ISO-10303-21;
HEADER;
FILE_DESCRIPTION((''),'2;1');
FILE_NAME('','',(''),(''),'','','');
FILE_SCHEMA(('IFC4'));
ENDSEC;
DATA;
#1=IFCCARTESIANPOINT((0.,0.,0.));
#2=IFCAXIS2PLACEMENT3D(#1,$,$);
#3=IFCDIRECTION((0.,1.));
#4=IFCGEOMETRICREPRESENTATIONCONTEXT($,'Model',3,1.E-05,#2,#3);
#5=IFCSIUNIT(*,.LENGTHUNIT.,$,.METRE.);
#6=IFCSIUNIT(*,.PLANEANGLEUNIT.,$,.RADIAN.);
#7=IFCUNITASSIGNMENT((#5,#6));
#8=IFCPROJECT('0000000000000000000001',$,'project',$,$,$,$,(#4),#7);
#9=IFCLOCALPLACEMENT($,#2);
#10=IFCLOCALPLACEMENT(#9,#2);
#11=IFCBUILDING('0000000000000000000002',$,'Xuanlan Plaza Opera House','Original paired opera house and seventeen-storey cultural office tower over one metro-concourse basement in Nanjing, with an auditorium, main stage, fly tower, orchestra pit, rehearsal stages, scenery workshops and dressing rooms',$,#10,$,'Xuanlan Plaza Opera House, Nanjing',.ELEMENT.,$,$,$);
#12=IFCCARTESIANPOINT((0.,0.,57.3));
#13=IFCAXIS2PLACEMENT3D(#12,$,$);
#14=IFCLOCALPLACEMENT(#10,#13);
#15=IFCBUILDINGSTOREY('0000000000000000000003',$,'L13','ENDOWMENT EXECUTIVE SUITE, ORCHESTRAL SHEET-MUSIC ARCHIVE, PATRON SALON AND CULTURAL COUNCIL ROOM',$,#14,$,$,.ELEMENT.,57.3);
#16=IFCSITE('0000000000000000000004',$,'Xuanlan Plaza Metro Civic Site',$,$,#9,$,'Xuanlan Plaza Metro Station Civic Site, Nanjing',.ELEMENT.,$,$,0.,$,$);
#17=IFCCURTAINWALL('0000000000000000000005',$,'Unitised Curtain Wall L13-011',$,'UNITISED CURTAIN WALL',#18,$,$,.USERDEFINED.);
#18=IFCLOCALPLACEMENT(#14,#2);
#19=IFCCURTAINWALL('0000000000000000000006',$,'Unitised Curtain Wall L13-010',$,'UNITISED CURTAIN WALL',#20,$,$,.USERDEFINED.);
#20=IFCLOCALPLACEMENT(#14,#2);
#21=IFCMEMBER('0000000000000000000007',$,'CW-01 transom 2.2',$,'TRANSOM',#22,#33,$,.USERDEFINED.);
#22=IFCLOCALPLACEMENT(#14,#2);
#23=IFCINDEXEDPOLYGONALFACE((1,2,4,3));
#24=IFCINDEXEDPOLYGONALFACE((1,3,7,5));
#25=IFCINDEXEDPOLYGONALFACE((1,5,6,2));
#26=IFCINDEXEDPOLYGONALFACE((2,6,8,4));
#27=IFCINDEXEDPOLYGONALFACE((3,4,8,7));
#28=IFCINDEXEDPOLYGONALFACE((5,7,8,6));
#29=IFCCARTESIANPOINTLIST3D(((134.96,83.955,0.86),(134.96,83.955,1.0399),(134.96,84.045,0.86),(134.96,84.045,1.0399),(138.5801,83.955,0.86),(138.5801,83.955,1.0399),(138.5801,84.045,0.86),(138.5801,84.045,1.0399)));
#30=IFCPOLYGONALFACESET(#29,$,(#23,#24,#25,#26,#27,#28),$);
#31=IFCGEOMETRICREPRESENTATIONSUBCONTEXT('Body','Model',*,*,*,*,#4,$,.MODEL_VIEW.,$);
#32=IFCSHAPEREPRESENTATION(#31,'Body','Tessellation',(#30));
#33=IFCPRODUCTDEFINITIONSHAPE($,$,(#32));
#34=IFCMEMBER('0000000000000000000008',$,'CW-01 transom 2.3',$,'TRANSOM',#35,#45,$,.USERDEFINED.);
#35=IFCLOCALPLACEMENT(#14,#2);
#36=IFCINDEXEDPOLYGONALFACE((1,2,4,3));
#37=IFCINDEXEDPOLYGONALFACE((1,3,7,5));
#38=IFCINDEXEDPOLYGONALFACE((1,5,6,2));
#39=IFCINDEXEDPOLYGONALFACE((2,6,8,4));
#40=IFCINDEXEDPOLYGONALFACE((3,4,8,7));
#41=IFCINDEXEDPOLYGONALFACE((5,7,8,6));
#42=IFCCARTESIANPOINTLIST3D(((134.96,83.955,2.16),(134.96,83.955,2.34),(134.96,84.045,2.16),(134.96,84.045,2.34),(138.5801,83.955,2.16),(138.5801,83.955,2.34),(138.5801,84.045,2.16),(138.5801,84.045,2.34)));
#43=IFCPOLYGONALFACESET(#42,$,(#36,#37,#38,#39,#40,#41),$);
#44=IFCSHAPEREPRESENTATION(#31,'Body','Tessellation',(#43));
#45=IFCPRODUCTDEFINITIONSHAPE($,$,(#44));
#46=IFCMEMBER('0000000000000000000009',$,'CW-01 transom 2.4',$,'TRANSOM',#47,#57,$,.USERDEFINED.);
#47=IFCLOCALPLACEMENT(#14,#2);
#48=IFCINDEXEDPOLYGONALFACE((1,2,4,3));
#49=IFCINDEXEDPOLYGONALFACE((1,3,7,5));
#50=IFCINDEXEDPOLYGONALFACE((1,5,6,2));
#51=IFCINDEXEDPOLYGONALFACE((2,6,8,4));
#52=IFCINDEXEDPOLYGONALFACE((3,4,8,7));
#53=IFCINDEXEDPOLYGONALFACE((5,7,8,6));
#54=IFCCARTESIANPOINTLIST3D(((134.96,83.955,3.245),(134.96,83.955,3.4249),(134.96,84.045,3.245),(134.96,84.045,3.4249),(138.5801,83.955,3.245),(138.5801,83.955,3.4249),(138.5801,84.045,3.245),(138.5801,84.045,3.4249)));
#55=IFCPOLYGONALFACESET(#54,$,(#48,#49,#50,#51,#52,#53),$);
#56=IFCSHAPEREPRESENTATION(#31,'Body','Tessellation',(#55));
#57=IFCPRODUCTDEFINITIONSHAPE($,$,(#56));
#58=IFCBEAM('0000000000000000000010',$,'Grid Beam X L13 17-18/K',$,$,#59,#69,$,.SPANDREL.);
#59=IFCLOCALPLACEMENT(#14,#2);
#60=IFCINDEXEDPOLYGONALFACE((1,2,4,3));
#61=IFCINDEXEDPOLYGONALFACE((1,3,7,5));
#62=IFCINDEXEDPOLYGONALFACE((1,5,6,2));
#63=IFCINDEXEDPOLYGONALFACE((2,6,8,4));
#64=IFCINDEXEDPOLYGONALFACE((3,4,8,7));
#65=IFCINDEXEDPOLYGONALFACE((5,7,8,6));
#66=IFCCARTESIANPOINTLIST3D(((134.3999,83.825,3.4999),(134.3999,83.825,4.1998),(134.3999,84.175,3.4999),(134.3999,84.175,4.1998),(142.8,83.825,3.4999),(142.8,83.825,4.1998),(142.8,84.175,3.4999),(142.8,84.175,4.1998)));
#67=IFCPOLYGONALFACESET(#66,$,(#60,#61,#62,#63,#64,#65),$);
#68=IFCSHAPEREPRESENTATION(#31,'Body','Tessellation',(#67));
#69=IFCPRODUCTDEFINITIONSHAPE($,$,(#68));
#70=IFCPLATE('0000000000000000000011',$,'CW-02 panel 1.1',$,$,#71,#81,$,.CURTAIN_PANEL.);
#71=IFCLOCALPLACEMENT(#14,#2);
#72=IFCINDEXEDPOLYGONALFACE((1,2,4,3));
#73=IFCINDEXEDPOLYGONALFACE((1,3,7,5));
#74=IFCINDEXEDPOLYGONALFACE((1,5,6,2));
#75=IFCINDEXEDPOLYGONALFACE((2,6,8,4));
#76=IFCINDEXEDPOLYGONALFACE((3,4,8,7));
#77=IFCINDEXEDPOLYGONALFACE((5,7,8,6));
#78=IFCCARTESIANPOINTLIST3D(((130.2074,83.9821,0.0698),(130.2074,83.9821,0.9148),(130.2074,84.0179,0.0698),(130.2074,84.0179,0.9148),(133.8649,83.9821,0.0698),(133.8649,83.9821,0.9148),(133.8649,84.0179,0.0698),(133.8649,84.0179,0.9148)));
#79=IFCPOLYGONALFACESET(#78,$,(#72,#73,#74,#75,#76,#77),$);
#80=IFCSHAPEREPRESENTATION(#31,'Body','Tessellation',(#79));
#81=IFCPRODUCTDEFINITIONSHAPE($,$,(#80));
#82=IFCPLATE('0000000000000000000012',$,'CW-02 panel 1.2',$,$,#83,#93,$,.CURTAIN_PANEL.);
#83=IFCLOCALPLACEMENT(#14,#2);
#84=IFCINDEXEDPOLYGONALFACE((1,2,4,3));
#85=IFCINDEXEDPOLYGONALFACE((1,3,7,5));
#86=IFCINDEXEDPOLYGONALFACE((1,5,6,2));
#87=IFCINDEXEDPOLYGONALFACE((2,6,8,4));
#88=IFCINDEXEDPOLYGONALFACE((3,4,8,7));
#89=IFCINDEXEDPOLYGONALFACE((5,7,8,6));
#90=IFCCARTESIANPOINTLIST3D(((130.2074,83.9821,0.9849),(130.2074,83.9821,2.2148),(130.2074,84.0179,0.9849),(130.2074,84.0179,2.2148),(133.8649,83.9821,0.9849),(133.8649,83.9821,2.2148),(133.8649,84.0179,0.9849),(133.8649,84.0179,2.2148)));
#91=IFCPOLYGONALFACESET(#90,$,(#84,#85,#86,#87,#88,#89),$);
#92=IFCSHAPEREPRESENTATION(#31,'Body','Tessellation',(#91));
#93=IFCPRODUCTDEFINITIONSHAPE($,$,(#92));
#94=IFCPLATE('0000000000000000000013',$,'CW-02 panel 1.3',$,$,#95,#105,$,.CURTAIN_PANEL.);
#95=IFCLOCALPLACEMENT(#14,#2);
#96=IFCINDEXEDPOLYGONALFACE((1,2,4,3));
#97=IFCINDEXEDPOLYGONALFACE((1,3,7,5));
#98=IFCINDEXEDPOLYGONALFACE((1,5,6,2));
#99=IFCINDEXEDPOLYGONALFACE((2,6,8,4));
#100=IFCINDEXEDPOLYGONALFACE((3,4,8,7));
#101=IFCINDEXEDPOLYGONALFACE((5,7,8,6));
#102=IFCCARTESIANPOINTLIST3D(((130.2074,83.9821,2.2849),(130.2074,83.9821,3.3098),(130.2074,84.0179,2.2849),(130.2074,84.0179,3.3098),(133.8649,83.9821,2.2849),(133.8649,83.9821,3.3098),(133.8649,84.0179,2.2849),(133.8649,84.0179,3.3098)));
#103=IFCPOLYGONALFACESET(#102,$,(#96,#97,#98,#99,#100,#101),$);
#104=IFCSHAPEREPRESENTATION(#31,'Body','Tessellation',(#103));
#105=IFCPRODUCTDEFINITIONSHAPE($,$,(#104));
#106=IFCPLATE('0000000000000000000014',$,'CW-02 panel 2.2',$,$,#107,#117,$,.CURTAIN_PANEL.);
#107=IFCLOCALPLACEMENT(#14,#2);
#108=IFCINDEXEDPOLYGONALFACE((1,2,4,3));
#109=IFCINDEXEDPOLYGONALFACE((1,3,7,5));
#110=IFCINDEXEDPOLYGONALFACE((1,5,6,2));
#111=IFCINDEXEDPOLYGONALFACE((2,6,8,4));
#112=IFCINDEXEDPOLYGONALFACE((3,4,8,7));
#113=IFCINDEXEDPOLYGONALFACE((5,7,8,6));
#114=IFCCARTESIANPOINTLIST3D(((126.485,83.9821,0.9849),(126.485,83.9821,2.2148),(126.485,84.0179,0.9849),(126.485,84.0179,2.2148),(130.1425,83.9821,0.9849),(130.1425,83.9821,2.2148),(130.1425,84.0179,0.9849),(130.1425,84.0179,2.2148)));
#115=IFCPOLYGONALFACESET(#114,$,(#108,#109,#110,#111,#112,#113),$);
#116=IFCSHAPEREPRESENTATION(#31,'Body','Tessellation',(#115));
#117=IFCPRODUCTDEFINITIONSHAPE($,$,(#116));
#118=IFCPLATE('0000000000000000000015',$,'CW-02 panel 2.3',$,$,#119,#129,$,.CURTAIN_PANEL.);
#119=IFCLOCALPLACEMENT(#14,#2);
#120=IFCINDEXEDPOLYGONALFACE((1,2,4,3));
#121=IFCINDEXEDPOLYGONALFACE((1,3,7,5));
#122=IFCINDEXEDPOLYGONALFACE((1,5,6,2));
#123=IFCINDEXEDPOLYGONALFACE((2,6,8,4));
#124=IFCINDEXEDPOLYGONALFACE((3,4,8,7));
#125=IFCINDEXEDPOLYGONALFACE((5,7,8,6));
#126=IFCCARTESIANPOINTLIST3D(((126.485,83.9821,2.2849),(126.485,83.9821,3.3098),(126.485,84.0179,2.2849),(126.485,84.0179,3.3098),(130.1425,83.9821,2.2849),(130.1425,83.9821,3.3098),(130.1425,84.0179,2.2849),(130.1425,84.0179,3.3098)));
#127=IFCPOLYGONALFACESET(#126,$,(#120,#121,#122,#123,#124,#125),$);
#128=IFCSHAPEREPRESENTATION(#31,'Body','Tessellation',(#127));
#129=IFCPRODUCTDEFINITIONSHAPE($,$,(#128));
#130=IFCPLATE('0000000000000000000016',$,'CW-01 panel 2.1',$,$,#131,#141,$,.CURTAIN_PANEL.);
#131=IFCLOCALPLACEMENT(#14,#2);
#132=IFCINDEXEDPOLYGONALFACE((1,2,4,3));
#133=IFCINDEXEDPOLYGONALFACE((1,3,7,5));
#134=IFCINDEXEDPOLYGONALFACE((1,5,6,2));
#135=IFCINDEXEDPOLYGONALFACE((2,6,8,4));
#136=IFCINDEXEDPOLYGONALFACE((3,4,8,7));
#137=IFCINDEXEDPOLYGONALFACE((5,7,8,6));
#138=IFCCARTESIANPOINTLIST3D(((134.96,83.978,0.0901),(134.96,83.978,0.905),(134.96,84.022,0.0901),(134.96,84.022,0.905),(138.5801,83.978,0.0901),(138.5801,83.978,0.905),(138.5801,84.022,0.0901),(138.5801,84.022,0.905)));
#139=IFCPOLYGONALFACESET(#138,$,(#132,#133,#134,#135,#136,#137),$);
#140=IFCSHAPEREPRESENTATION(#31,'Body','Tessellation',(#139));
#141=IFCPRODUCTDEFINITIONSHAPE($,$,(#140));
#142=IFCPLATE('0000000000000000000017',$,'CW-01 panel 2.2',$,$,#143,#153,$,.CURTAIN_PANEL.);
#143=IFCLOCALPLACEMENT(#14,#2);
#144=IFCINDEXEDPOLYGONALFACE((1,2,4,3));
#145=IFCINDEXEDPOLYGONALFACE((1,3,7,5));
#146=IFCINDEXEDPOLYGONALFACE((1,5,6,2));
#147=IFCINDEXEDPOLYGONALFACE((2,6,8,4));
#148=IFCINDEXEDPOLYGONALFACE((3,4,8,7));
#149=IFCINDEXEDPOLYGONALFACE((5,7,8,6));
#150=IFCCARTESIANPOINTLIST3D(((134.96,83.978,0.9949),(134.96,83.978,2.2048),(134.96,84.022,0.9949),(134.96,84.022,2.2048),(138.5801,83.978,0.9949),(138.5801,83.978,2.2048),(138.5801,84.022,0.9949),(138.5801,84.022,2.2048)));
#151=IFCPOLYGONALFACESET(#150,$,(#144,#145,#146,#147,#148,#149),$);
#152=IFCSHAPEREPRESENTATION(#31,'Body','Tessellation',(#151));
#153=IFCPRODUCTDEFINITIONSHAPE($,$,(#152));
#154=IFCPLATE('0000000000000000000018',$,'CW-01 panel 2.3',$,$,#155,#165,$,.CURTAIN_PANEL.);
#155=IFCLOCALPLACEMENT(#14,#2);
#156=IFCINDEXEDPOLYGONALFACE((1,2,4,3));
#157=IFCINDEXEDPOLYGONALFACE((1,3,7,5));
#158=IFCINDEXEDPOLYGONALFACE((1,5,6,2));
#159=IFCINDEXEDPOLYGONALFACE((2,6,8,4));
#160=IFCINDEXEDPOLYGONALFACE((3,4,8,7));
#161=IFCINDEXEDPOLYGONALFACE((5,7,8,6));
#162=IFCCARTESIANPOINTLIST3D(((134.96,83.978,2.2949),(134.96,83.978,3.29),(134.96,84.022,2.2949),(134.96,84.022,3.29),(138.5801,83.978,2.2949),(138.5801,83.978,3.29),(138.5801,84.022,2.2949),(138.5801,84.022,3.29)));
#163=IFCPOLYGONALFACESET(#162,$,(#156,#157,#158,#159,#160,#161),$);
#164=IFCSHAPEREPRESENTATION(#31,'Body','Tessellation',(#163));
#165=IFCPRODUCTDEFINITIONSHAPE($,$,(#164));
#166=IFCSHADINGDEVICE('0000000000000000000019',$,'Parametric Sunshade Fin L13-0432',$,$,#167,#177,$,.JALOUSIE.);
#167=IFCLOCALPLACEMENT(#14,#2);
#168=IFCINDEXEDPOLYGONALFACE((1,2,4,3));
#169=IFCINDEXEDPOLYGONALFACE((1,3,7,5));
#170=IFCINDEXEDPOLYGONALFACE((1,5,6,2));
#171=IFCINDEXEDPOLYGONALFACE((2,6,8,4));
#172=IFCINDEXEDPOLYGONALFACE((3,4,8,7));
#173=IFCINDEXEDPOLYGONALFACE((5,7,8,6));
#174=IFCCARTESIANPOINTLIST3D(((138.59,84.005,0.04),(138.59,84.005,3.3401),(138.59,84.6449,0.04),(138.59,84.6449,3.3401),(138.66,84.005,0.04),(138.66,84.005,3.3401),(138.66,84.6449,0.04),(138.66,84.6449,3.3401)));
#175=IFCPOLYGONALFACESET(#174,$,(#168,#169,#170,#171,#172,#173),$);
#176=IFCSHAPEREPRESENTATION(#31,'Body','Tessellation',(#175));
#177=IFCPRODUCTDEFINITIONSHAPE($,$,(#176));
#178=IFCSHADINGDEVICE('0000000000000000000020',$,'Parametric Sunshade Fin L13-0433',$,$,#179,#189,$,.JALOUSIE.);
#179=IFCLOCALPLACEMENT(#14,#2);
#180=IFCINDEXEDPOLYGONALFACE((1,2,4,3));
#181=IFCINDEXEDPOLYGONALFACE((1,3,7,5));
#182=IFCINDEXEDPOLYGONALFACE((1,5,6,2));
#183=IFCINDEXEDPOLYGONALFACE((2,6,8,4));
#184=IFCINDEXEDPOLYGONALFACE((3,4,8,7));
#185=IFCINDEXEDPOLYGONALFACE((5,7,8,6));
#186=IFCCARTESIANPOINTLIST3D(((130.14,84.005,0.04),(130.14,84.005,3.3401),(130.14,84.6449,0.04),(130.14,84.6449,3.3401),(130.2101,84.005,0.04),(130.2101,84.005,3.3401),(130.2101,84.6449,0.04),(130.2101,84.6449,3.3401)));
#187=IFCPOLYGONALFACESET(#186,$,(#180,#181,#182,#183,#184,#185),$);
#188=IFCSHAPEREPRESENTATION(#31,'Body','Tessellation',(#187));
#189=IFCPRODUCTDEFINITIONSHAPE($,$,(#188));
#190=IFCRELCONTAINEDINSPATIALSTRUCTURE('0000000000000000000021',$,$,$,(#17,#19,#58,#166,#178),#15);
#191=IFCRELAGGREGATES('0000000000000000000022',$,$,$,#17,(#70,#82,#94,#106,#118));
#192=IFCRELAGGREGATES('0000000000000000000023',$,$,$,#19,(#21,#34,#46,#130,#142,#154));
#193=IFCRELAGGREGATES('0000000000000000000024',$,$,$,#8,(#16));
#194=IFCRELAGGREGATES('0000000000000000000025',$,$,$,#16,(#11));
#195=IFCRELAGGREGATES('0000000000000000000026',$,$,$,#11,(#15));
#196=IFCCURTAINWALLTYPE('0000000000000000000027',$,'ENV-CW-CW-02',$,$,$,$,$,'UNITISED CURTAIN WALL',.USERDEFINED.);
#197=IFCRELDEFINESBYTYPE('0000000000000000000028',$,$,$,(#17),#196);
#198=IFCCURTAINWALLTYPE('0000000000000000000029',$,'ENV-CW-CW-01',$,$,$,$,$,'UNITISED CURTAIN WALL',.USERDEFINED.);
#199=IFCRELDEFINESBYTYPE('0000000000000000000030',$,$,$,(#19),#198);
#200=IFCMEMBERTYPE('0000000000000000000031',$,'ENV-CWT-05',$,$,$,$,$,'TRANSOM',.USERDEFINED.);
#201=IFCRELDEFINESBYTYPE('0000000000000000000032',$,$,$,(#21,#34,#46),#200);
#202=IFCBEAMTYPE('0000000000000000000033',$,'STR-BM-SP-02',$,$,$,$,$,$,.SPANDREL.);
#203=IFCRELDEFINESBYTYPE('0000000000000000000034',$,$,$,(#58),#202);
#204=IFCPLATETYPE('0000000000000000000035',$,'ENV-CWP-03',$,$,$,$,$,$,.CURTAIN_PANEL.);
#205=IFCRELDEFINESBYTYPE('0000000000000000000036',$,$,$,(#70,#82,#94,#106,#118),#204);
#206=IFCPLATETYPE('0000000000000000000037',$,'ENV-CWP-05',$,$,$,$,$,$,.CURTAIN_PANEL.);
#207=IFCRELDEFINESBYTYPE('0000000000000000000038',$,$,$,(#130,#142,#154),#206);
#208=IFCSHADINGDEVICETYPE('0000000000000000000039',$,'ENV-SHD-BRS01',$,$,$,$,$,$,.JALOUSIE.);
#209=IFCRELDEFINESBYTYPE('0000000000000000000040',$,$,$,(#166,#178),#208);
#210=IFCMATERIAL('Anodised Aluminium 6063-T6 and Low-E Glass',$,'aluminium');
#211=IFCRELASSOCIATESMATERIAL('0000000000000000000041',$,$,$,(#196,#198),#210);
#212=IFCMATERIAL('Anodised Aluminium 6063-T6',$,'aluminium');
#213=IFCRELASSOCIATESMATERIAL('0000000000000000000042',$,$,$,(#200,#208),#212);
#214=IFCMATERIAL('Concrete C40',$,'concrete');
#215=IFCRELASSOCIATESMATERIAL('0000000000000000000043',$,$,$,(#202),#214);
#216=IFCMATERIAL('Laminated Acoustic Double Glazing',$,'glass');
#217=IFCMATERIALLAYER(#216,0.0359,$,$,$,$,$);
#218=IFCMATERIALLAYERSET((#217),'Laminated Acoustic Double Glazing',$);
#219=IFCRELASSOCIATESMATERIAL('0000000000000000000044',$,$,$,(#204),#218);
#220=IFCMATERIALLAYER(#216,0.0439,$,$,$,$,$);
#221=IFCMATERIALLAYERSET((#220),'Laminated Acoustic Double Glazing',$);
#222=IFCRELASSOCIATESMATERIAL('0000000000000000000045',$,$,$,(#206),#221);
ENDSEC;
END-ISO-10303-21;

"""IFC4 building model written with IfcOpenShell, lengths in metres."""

from ifc_helpers import new_model, si_unit, direction, frame, origin, origin_2d, place, context, subcontext, project, spatial, rectangle, extrude, material, layer, layer_set, material_profile, profile_set, type_object, element, aggregate, save


model = new_model("IFC4")

# Units and contexts
model_context = context("Model", 3, precision=1e-05, world=origin(), true_north=direction((0.0, 1.0)))
body_context = subcontext(model_context, "Body", "Model", "MODEL_VIEW")
ifc_project = project(units=[si_unit("LENGTHUNIT", "METRE"), si_unit("PLANEANGLEUNIT", "RADIAN")], contexts=[model_context])

# Site, building, storey
site_placement = place(None, origin())
site = spatial("IfcSite", under=ifc_project, at=site_placement, Name="Xuanlan Plaza Metro Civic Site", LongName="Xuanlan Plaza Metro Station Civic Site, Nanjing", CompositionType="ELEMENT", RefElevation=0.0)
building_placement = place(site_placement, origin())
building = spatial("IfcBuilding", under=site, at=building_placement, Name="Xuanlan Plaza Opera House", Description="Original paired opera house and seventeen-storey cultural office tower over one metro-concourse basement in Nanjing, with an auditorium, main stage, fly tower, orchestra pit, rehearsal stages, scenery workshops and dressing rooms", LongName="Xuanlan Plaza Opera House, Nanjing", CompositionType="ELEMENT")
storey_placement = place(building_placement, frame((0.0, 0.0, 57.3)))
storey = spatial("IfcBuildingStorey", under=building, at=storey_placement, Name="L13", Description="ENDOWMENT EXECUTIVE SUITE, ORCHESTRAL SHEET-MUSIC ARCHIVE, PATRON SALON AND CULTURAL COUNCIL ROOM", CompositionType="ELEMENT", Elevation=57.3)

# Curtain walls
ifc_material_1 = material(Name="Anodised Aluminium 6063-T6 and Low-E Glass", Category="aluminium")
curtain_wall_type_1 = type_object("IfcCurtainWallType", Name="ENV-CW-CW-02", ElementType="UNITISED CURTAIN WALL", PredefinedType="USERDEFINED", material=ifc_material_1)
curtain_wall_1_placement = place(storey_placement, origin())
curtain_wall_1 = element("IfcCurtainWall", 1, at=curtain_wall_1_placement, inside=storey, type_object=curtain_wall_type_1, Name="Unitised Curtain Wall L13-011", ObjectType="UNITISED CURTAIN WALL", PredefinedType="USERDEFINED")
ifc_material_2 = material(Name="Anodised Aluminium 6063-T6", Category="aluminium")
curtain_wall_type_2 = type_object("IfcCurtainWallType", Name="ENV-CW-CW-01", ElementType="UNITISED CURTAIN WALL", PredefinedType="USERDEFINED", material=ifc_material_1)
curtain_wall_2_placement = place(storey_placement, origin())
curtain_wall_2 = element("IfcCurtainWall", 2, at=curtain_wall_2_placement, inside=storey, type_object=curtain_wall_type_2, Name="Unitised Curtain Wall L13-010", ObjectType="UNITISED CURTAIN WALL", PredefinedType="USERDEFINED")

# Members
ifc_material_profile_1 = material_profile(ifc_material_2, rectangle(XDim=0.0901, YDim=0.1799, at=origin_2d()), Name="ALU-T 90x180")
ifc_profile_set_1 = profile_set([ifc_material_profile_1], Name="Anodised Aluminium 6063-T6")
member_type_1 = type_object("IfcMemberType", Name="ENV-CWT-05", ElementType="TRANSOM", PredefinedType="USERDEFINED", material=ifc_profile_set_1)
member_1_placement = place(storey_placement, frame((138.5801, 84.0, 0.95), z_axis=(-1.0, 0.0, 0.0), x_axis=(0.0, -1.0, 0.0)))
member_1 = element("IfcMember", 3, at=member_1_placement, type_object=member_type_1, Name="CW-01 transom 2.2", ObjectType="TRANSOM", PredefinedType="USERDEFINED", context=body_context, shape_type="SweptSolid", body=[
    extrude(rectangle(XDim=0.0901, YDim=0.1799, at=origin_2d()), origin(), (0.0, 0.0, 1.0), 3.6201),
])
member_2_placement = place(storey_placement, frame((138.5801, 84.0, 2.25), z_axis=(-1.0, 0.0, 0.0), x_axis=(0.0, -1.0, 0.0)))
member_2 = element("IfcMember", 4, at=member_2_placement, type_object=member_type_1, Name="CW-01 transom 2.3", ObjectType="TRANSOM", PredefinedType="USERDEFINED", context=body_context, shape_type="SweptSolid", body=[
    extrude(rectangle(XDim=0.0901, YDim=0.1799, at=origin_2d()), origin(), (0.0, 0.0, 1.0), 3.6201),
])
member_3_placement = place(storey_placement, frame((138.5801, 84.0, 3.335), z_axis=(-1.0, 0.0, 0.0), x_axis=(0.0, -1.0, 0.0)))
member_3 = element("IfcMember", 5, at=member_3_placement, type_object=member_type_1, Name="CW-01 transom 2.4", ObjectType="TRANSOM", PredefinedType="USERDEFINED", context=body_context, shape_type="SweptSolid", body=[
    extrude(rectangle(XDim=0.0901, YDim=0.1799, at=origin_2d()), origin(), (0.0, 0.0, 1.0), 3.6201),
])

# Beam
ifc_material_3 = material(Name="Concrete C40", Category="concrete")
ifc_material_profile_2 = material_profile(ifc_material_3, rectangle(XDim=0.3501, YDim=0.7, at=origin_2d()), Name="RC-SPD 350x700")
ifc_profile_set_2 = profile_set([ifc_material_profile_2], Name="Concrete C40")
beam_type = type_object("IfcBeamType", Name="STR-BM-SP-02", PredefinedType="SPANDREL", material=ifc_profile_set_2)
beam_placement = place(storey_placement, frame((134.3999, 84.0, 3.8499), z_axis=(1.0, 0.0, 0.0), x_axis=(0.0, 1.0, 0.0)))
element("IfcBeam", 6, at=beam_placement, inside=storey, type_object=beam_type, Name="Grid Beam X L13 17-18/K", PredefinedType="SPANDREL", context=body_context, shape_type="SweptSolid", body=[
    extrude(rectangle(XDim=0.3501, YDim=0.7, at=origin_2d()), origin(), (0.0, 0.0, 1.0), 8.4001),
])

# Plates
ifc_material_4 = material(Name="Laminated Acoustic Double Glazing", Category="glass")
ifc_layer_1 = layer(ifc_material_4, 0.0359)
ifc_layer_set_1 = layer_set([ifc_layer_1], Name="Laminated Acoustic Double Glazing")
plate_type_1 = type_object("IfcPlateType", Name="ENV-CWP-03", PredefinedType="CURTAIN_PANEL", material=ifc_layer_set_1)
plate_1_placement = place(storey_placement, frame((132.0361, 84.0, 0.0698), z_axis=(0.0, 0.0, 1.0), x_axis=(-1.0, 0.0, 0.0)))
plate_1 = element("IfcPlate", 7, at=plate_1_placement, type_object=plate_type_1, Name="CW-02 panel 1.1", PredefinedType="CURTAIN_PANEL", context=body_context, shape_type="SweptSolid", body=[
    extrude(rectangle(XDim=3.6575, YDim=0.0359, at=origin_2d()), origin(), (0.0, 0.0, 1.0), 0.845),
])
plate_2_placement = place(storey_placement, frame((132.0361, 84.0, 0.9849), z_axis=(0.0, 0.0, 1.0), x_axis=(-1.0, 0.0, 0.0)))
plate_2 = element("IfcPlate", 8, at=plate_2_placement, type_object=plate_type_1, Name="CW-02 panel 1.2", PredefinedType="CURTAIN_PANEL", context=body_context, shape_type="SweptSolid", body=[
    extrude(rectangle(XDim=3.6575, YDim=0.0359, at=origin_2d()), origin(), (0.0, 0.0, 1.0), 1.23),
])
plate_3_placement = place(storey_placement, frame((132.0361, 84.0, 2.2849), z_axis=(0.0, 0.0, 1.0), x_axis=(-1.0, 0.0, 0.0)))
plate_3 = element("IfcPlate", 9, at=plate_3_placement, type_object=plate_type_1, Name="CW-02 panel 1.3", PredefinedType="CURTAIN_PANEL", context=body_context, shape_type="SweptSolid", body=[
    extrude(rectangle(XDim=3.6575, YDim=0.0359, at=origin_2d()), origin(), (0.0, 0.0, 1.0), 1.0249),
])
plate_4_placement = place(storey_placement, frame((128.3137, 84.0, 0.9849), z_axis=(0.0, 0.0, 1.0), x_axis=(-1.0, 0.0, 0.0)))
plate_4 = element("IfcPlate", 10, at=plate_4_placement, type_object=plate_type_1, Name="CW-02 panel 2.2", PredefinedType="CURTAIN_PANEL", context=body_context, shape_type="SweptSolid", body=[
    extrude(rectangle(XDim=3.6575, YDim=0.0359, at=origin_2d()), origin(), (0.0, 0.0, 1.0), 1.23),
])
plate_5_placement = place(storey_placement, frame((128.3137, 84.0, 2.2849), z_axis=(0.0, 0.0, 1.0), x_axis=(-1.0, 0.0, 0.0)))
plate_5 = element("IfcPlate", 11, at=plate_5_placement, type_object=plate_type_1, Name="CW-02 panel 2.3", PredefinedType="CURTAIN_PANEL", context=body_context, shape_type="SweptSolid", body=[
    extrude(rectangle(XDim=3.6575, YDim=0.0359, at=origin_2d()), origin(), (0.0, 0.0, 1.0), 1.0249),
])
aggregate(curtain_wall_1, [plate_1, plate_2, plate_3, plate_4, plate_5])
ifc_layer_2 = layer(ifc_material_4, 0.0439)
ifc_layer_set_2 = layer_set([ifc_layer_2], Name="Laminated Acoustic Double Glazing")
plate_type_2 = type_object("IfcPlateType", Name="ENV-CWP-05", PredefinedType="CURTAIN_PANEL", material=ifc_layer_set_2)
plate_6_placement = place(storey_placement, frame((136.77, 84.0, 0.0901), z_axis=(0.0, 0.0, 1.0), x_axis=(-1.0, 0.0, 0.0)))
plate_6 = element("IfcPlate", 12, at=plate_6_placement, type_object=plate_type_2, Name="CW-01 panel 2.1", PredefinedType="CURTAIN_PANEL", context=body_context, shape_type="SweptSolid", body=[
    extrude(rectangle(XDim=3.6201, YDim=0.0439, at=origin_2d()), origin(), (0.0, 0.0, 1.0), 0.8149),
])
plate_7_placement = place(storey_placement, frame((136.77, 84.0, 0.9949), z_axis=(0.0, 0.0, 1.0), x_axis=(-1.0, 0.0, 0.0)))
plate_7 = element("IfcPlate", 13, at=plate_7_placement, type_object=plate_type_2, Name="CW-01 panel 2.2", PredefinedType="CURTAIN_PANEL", context=body_context, shape_type="SweptSolid", body=[
    extrude(rectangle(XDim=3.6201, YDim=0.0439, at=origin_2d()), origin(), (0.0, 0.0, 1.0), 1.21),
])
plate_8_placement = place(storey_placement, frame((136.77, 84.0, 2.2949), z_axis=(0.0, 0.0, 1.0), x_axis=(-1.0, 0.0, 0.0)))
plate_8 = element("IfcPlate", 14, at=plate_8_placement, type_object=plate_type_2, Name="CW-01 panel 2.3", PredefinedType="CURTAIN_PANEL", context=body_context, shape_type="SweptSolid", body=[
    extrude(rectangle(XDim=3.6201, YDim=0.0439, at=origin_2d()), origin(), (0.0, 0.0, 1.0), 0.9951),
])
aggregate(curtain_wall_2, [member_1, member_2, member_3, plate_6, plate_7, plate_8])

# Shading devices
shading_device_type = type_object("IfcShadingDeviceType", Name="ENV-SHD-BRS01", PredefinedType="JALOUSIE", material=ifc_material_2)
for number, where, z_axis, x_axis, name in (
    (15, (138.625, 84.325, 0.04), (0.0, 0.0, 1.0), (0.0, 1.0, 0.0), "Parametric Sunshade Fin L13-0432"),
    (16, (130.175, 84.325, 0.04), (0.0, 0.0, 1.0), (0.0, 1.0, 0.0), "Parametric Sunshade Fin L13-0433"),
):
    element("IfcShadingDevice", number, at=place(storey_placement, frame(where, z_axis=z_axis, x_axis=x_axis)), inside=storey, type_object=shading_device_type, Name=name, PredefinedType="JALOUSIE", context=body_context, shape_type="SweptSolid", body=[
        extrude(rectangle(XDim=0.6399, YDim=0.0701, at=origin_2d()), origin(), (0.0, 0.0, 1.0), 3.3),
    ])

save(model, "model.ifc")
